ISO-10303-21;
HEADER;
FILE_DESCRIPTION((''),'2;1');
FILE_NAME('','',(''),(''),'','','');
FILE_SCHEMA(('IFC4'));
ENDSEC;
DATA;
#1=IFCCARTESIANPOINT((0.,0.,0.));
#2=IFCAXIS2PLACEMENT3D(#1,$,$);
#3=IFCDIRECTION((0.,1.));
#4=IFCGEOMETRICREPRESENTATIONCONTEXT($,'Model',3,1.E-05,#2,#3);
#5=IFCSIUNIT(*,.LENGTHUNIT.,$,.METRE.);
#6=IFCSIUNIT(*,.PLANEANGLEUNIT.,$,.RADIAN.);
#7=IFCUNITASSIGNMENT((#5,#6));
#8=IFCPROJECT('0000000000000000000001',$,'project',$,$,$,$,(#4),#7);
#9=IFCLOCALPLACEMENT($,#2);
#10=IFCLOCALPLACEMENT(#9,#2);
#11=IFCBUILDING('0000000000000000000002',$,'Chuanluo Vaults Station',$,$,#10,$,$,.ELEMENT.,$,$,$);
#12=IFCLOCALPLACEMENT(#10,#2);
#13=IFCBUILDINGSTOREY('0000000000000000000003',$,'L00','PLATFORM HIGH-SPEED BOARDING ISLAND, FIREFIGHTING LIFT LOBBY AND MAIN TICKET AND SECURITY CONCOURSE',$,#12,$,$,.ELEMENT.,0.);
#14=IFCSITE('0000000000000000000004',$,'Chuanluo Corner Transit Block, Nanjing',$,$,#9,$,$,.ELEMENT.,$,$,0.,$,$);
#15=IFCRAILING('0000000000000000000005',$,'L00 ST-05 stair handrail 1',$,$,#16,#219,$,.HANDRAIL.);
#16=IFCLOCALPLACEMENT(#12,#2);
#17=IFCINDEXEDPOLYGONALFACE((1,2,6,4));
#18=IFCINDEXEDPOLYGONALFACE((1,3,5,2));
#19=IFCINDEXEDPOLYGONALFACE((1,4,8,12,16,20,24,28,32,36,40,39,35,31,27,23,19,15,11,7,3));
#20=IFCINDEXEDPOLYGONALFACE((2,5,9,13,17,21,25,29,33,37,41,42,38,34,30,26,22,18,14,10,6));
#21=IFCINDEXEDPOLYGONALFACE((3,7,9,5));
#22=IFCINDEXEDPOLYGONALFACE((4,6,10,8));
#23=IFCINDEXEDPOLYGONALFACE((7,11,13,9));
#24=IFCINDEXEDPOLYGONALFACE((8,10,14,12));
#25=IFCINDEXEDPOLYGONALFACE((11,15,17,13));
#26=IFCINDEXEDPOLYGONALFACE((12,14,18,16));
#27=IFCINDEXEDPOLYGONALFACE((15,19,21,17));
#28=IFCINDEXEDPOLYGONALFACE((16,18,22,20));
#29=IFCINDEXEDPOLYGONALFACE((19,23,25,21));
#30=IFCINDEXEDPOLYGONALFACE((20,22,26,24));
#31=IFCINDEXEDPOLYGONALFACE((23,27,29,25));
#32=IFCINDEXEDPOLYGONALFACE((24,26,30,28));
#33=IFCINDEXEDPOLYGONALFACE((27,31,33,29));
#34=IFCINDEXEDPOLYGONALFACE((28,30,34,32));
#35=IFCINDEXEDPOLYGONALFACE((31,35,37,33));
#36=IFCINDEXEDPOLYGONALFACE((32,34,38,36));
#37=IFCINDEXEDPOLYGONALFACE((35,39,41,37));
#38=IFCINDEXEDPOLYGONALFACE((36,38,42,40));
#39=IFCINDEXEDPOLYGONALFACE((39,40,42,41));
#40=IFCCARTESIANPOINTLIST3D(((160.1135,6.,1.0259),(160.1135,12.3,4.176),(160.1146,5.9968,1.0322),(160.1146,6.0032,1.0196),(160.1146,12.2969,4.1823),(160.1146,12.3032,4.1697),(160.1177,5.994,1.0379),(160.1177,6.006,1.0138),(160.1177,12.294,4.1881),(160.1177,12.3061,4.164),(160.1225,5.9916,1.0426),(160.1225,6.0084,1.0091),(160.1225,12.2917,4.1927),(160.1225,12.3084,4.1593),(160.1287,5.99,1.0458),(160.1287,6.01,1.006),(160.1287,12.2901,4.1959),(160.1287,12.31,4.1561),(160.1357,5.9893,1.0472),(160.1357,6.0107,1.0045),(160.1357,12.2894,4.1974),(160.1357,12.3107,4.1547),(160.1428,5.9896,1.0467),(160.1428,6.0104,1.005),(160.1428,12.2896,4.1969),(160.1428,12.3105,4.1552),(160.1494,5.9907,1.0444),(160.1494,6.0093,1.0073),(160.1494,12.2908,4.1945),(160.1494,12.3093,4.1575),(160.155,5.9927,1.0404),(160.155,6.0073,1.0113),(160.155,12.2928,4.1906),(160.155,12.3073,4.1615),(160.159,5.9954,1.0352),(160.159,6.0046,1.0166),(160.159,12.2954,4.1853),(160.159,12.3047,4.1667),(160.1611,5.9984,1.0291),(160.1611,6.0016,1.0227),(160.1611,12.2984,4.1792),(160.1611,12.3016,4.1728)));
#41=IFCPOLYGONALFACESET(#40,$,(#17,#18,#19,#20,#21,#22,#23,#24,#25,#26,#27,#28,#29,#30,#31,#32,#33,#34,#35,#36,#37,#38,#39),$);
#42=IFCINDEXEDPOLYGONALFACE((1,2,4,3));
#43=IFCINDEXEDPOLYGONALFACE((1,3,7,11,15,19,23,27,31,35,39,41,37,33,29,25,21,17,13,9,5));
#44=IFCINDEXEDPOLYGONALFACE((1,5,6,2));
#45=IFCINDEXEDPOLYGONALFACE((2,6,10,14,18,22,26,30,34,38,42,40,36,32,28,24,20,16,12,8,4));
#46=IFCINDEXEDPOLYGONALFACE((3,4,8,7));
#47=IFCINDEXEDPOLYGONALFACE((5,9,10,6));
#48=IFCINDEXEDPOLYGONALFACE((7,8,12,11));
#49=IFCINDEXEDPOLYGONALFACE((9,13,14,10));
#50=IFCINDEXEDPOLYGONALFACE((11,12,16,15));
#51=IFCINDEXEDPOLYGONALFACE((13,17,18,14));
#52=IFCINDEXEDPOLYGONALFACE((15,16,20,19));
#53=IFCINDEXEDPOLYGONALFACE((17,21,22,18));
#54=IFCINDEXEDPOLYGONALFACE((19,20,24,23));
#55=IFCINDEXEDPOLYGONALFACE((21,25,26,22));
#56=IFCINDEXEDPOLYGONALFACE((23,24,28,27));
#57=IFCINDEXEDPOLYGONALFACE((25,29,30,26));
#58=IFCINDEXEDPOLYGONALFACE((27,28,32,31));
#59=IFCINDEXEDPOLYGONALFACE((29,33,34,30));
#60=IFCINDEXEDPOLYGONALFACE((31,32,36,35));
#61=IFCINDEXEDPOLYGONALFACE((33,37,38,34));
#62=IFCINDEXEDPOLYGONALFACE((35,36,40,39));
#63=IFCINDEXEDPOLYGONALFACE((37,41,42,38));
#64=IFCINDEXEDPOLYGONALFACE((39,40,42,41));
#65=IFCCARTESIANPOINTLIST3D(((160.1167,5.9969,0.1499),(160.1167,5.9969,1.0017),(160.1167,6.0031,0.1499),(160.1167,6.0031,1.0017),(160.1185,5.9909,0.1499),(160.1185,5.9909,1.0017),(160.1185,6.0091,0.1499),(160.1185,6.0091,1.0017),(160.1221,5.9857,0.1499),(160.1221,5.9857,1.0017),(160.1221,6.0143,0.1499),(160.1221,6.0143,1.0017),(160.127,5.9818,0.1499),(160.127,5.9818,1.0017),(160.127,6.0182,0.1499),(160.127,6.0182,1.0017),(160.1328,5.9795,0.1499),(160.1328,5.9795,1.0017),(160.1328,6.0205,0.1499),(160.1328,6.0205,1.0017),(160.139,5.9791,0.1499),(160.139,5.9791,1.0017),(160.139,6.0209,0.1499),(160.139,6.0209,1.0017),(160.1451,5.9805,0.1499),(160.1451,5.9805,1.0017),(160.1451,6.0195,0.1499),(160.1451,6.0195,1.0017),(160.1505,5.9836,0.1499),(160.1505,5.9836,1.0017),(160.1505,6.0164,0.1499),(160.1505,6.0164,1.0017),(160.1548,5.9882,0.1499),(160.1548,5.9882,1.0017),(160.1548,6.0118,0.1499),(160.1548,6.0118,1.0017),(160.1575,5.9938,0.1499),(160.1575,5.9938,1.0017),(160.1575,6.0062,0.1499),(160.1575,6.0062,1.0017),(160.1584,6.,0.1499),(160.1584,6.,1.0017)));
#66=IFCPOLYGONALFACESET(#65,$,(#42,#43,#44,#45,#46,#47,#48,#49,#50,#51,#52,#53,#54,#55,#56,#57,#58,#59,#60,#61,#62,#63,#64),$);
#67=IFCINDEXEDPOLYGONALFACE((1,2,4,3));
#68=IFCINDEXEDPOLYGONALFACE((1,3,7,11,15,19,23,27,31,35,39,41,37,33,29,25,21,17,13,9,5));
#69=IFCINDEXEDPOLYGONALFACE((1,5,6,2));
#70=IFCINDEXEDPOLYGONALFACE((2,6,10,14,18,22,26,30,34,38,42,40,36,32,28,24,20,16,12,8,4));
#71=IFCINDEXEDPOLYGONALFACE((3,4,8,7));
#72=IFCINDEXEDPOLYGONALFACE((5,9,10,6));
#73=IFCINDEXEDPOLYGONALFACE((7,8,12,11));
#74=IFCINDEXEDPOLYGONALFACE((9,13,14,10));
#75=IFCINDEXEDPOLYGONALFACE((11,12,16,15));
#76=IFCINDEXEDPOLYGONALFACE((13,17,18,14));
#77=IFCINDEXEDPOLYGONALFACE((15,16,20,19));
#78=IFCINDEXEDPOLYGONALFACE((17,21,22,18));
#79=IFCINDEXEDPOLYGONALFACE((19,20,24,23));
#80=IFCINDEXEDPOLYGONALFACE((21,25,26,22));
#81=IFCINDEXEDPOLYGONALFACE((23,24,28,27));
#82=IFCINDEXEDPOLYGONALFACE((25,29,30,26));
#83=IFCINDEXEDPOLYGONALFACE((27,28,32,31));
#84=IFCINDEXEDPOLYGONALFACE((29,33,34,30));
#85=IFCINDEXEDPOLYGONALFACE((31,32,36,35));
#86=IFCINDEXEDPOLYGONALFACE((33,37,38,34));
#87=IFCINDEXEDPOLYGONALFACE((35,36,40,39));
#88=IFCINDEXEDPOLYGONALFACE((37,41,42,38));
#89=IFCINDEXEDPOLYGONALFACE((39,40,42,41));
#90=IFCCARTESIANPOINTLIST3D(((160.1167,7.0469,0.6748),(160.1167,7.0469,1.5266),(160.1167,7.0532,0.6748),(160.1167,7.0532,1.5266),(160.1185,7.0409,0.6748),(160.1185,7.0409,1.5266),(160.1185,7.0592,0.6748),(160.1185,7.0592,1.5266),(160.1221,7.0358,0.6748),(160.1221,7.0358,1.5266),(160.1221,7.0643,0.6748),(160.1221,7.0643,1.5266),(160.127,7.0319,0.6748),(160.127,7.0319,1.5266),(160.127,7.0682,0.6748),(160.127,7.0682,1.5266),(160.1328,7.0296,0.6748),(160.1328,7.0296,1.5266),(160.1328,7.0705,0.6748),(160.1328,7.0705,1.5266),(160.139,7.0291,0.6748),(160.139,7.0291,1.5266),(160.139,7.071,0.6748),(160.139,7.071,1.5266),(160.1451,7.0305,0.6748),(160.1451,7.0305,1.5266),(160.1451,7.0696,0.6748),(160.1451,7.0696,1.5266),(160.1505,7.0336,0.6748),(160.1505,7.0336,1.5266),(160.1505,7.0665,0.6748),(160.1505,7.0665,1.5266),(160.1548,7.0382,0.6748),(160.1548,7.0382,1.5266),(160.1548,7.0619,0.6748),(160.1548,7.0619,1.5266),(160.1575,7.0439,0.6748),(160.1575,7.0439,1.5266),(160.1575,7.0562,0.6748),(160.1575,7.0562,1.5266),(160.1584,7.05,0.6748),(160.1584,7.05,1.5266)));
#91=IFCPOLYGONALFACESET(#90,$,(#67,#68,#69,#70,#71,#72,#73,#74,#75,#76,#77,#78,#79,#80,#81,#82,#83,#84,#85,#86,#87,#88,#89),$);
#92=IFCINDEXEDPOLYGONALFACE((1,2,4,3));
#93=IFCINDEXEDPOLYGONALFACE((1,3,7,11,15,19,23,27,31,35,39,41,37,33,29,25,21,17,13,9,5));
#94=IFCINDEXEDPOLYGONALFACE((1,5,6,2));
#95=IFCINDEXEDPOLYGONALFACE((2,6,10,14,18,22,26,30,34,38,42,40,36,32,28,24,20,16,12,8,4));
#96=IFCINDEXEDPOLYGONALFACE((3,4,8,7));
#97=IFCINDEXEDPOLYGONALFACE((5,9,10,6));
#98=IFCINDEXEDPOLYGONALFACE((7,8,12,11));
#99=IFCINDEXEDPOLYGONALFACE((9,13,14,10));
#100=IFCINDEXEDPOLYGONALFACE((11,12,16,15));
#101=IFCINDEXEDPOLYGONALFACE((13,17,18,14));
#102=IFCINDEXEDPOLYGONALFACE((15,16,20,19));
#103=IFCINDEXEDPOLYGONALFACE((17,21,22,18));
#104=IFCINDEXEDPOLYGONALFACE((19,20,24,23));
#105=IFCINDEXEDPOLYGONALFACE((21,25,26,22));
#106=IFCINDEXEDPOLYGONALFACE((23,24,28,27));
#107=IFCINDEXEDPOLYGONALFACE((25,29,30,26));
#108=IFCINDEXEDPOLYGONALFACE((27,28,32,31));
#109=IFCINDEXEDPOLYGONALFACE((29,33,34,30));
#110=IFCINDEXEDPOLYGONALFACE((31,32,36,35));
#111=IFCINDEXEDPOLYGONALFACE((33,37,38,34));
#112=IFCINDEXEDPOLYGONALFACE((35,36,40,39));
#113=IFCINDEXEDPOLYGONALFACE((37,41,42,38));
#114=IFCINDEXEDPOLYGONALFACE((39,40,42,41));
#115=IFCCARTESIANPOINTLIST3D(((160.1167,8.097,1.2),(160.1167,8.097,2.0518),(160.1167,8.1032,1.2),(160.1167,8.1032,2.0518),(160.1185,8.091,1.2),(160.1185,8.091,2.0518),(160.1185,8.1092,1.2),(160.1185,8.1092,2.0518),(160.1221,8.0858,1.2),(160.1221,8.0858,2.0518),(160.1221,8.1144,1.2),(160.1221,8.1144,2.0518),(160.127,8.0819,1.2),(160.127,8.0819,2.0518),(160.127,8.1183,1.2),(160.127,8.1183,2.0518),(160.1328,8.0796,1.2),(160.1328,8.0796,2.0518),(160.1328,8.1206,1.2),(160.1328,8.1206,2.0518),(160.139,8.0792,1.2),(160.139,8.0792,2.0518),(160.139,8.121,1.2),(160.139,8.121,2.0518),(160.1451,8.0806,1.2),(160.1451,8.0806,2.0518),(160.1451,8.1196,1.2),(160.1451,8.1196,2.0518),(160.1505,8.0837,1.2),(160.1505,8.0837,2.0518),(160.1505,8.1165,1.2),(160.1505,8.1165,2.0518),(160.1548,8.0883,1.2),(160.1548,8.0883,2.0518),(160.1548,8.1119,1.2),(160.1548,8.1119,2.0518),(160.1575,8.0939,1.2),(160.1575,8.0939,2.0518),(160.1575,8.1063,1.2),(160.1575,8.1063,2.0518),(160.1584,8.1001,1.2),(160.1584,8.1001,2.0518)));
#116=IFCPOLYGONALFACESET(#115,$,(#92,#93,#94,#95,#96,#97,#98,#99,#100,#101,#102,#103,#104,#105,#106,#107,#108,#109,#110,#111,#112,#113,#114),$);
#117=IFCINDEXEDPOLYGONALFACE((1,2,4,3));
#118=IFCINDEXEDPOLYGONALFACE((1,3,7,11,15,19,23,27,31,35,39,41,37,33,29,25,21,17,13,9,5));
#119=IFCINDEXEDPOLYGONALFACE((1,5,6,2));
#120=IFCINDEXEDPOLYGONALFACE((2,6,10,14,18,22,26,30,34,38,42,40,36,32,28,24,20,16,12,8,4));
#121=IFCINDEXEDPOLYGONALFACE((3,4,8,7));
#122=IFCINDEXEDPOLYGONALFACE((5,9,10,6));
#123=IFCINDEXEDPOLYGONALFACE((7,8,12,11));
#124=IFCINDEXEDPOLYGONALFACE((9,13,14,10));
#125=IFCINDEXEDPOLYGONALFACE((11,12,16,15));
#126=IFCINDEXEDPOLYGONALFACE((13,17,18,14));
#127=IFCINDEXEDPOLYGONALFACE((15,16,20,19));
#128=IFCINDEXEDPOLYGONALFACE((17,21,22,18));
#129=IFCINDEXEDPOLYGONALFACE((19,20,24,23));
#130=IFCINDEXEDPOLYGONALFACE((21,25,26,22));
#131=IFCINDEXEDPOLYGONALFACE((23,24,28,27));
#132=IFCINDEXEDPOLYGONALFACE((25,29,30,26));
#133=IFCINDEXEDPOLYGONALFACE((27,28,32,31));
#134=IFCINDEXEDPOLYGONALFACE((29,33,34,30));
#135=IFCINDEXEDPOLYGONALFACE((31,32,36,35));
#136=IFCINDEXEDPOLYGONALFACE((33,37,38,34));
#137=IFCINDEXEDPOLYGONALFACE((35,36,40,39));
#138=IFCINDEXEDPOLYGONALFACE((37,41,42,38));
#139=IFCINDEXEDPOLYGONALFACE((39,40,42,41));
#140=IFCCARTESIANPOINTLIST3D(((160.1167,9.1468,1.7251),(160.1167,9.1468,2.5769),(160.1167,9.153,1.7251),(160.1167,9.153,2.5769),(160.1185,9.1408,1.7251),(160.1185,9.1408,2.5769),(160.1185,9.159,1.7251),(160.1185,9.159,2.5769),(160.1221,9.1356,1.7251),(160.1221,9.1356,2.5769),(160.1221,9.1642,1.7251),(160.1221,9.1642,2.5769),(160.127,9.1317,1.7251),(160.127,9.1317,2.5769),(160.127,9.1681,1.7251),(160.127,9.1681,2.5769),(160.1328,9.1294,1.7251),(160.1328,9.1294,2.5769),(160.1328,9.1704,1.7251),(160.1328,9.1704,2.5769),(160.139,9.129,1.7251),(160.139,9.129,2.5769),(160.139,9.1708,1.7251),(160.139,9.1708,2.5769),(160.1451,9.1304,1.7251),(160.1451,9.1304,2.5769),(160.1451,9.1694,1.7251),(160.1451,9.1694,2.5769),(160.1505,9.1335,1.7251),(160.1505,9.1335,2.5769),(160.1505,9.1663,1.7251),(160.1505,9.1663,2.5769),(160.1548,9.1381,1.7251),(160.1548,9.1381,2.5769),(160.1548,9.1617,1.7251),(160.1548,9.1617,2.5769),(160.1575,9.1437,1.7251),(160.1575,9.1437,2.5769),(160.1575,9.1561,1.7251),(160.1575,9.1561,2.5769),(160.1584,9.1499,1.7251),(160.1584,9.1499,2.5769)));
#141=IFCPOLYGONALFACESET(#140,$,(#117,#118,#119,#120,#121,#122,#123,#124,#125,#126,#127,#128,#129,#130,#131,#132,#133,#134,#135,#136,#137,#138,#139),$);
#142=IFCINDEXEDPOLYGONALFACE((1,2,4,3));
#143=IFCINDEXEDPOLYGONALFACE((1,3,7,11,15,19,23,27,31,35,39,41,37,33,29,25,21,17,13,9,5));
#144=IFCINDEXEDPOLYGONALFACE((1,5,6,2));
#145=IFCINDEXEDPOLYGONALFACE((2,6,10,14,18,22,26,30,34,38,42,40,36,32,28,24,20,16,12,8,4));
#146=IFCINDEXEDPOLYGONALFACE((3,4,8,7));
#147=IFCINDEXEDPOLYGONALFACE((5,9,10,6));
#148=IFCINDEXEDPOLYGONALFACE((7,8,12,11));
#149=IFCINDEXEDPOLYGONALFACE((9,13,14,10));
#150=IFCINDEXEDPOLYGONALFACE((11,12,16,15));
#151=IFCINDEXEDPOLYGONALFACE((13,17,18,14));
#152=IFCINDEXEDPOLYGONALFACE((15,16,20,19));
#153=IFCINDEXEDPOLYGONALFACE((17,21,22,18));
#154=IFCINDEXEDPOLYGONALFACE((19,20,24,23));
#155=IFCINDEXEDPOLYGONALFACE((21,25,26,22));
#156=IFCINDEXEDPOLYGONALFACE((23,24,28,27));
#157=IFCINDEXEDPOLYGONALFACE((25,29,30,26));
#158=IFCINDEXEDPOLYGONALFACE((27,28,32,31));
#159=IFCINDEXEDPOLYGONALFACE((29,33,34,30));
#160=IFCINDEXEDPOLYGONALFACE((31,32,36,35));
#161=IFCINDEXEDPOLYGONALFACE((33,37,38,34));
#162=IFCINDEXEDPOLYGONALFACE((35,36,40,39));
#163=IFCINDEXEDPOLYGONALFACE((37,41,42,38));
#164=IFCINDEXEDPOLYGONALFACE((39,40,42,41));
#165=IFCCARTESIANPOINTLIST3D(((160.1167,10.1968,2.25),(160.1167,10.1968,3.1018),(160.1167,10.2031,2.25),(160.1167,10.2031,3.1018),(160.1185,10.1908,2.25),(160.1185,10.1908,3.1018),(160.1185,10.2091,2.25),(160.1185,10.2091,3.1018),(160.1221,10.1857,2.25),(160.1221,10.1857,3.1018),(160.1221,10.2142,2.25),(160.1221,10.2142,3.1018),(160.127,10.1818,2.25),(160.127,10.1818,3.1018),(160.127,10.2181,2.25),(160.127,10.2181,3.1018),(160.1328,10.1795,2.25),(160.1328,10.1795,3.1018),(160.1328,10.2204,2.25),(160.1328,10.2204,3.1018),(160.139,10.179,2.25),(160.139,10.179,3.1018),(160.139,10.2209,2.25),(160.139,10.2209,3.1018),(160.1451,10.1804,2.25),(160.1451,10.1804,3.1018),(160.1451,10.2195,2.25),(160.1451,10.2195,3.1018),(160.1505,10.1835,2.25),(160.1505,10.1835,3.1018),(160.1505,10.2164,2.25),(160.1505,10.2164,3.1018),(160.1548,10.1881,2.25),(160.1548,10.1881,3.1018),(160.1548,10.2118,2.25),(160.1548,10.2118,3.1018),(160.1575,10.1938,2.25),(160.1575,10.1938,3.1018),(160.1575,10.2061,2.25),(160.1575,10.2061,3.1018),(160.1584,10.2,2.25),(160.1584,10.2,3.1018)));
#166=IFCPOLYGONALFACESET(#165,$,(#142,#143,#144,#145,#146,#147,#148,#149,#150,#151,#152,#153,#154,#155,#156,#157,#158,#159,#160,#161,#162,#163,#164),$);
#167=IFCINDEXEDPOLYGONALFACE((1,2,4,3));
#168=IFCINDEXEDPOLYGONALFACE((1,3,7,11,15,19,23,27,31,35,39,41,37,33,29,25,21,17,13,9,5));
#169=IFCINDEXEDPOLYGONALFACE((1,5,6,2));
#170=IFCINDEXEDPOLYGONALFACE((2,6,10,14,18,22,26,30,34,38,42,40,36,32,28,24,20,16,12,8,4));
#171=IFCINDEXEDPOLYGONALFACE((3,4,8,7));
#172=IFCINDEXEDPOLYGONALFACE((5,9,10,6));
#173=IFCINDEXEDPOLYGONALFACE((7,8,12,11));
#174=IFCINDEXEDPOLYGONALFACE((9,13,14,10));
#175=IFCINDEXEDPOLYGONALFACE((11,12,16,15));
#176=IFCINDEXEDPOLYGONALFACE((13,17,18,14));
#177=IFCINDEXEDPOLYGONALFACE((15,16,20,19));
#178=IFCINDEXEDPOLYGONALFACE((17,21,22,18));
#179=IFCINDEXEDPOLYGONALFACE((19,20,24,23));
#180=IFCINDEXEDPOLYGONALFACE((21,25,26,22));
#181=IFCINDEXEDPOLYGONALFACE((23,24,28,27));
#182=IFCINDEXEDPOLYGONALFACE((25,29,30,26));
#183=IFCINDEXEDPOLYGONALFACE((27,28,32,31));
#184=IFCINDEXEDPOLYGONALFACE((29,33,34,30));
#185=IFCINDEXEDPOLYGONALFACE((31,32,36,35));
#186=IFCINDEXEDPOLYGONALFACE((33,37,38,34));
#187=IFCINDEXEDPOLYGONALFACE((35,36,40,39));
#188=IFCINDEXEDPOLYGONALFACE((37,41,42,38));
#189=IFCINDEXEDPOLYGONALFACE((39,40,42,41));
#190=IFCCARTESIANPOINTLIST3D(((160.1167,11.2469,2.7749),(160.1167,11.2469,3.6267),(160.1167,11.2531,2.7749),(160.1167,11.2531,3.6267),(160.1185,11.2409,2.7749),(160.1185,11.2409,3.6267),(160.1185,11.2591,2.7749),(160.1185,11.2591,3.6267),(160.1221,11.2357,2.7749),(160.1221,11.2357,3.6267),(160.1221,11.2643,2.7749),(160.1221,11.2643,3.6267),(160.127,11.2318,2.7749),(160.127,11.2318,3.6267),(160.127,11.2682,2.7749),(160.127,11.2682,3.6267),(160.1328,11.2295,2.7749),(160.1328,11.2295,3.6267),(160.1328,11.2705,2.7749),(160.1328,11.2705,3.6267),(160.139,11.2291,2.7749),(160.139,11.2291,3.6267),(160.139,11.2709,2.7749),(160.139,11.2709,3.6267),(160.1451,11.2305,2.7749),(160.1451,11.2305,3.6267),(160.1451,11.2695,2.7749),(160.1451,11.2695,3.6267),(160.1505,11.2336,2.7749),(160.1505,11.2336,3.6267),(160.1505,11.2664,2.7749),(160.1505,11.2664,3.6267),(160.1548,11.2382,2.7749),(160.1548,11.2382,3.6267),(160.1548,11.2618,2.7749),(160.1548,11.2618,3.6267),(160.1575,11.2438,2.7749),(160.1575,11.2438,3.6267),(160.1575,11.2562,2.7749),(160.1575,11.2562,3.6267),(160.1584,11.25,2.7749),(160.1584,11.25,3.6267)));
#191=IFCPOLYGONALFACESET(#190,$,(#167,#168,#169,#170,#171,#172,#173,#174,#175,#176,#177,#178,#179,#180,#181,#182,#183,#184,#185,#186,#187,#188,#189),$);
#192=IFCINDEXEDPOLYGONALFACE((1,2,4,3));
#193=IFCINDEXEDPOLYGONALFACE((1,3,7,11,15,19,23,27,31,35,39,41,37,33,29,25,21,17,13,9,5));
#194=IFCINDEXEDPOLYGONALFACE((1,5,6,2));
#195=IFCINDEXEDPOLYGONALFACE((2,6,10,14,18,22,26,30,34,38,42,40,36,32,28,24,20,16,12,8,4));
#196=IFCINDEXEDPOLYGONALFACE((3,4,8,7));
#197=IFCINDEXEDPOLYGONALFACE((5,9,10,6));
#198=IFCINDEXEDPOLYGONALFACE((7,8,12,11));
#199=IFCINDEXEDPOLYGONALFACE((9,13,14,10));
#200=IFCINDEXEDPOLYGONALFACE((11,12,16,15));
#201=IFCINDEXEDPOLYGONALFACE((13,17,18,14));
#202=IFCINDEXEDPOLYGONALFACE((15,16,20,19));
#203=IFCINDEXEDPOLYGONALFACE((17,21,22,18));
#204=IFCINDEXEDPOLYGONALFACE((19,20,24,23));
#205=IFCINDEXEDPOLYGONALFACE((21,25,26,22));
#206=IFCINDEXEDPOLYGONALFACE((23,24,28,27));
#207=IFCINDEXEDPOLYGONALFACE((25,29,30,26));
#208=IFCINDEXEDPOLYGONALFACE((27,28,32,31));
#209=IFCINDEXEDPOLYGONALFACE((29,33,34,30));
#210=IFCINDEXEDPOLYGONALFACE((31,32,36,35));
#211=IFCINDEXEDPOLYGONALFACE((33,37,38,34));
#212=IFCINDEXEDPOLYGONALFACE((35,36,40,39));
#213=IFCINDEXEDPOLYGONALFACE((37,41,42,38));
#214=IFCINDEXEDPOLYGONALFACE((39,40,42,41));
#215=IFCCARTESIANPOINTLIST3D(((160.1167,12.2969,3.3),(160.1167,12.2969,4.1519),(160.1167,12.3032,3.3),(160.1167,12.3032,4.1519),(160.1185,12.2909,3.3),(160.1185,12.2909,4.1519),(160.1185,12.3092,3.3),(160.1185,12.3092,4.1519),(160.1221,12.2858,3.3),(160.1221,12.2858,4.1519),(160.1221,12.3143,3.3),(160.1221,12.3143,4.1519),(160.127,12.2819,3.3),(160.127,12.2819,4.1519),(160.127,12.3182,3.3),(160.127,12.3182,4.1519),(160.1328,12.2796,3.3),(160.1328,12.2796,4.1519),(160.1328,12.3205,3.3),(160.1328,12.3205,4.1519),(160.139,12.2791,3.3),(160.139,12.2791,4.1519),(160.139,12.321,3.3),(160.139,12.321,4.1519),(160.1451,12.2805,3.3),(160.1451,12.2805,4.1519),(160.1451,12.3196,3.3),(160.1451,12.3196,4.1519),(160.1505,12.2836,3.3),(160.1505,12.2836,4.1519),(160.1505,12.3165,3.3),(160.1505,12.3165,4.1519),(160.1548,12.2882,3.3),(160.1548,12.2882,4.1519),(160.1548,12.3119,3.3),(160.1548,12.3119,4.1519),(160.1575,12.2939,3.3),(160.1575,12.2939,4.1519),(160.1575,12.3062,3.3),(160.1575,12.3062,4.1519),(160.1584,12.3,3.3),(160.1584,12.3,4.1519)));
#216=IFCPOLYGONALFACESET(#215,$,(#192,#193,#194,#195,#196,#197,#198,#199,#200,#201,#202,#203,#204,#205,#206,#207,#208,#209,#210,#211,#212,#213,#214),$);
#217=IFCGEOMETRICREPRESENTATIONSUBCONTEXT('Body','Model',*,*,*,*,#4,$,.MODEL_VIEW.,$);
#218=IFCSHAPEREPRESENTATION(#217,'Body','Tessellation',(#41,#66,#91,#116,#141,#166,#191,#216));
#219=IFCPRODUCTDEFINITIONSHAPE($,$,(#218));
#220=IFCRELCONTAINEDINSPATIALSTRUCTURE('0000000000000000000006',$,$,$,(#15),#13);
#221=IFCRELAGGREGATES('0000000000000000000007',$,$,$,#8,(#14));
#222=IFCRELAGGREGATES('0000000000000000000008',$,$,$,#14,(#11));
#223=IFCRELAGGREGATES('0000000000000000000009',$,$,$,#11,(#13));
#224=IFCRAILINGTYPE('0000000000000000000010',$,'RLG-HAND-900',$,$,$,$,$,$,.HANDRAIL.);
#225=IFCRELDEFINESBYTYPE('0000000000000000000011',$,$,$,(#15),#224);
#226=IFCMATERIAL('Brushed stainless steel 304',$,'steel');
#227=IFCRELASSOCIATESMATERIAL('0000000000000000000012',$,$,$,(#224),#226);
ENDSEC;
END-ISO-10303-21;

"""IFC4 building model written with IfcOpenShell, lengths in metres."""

from ifc_helpers import new_model, si_unit, direction, frame, origin, origin_2d, place, context, subcontext, project, spatial, circle, extrude, material, type_object, element, save


model = new_model("IFC4")

# Units and contexts
model_context = context("Model", 3, precision=1e-05, world=origin(), true_north=direction((0.0, 1.0)))
body_context = subcontext(model_context, "Body", "Model", "MODEL_VIEW")
ifc_project = project(units=[si_unit("LENGTHUNIT", "METRE"), si_unit("PLANEANGLEUNIT", "RADIAN")], contexts=[model_context])

# Site, building, storey
site_placement = place(None, origin())
site = spatial("IfcSite", under=ifc_project, at=site_placement, Name="Chuanluo Corner Transit Block, Nanjing", CompositionType="ELEMENT", RefElevation=0.0)
building_placement = place(site_placement, origin())
building = spatial("IfcBuilding", under=site, at=building_placement, Name="Chuanluo Vaults Station", CompositionType="ELEMENT")
storey_placement = place(building_placement, origin())
storey = spatial("IfcBuildingStorey", under=building, at=storey_placement, Name="L00", Description="PLATFORM HIGH-SPEED BOARDING ISLAND, FIREFIGHTING LIFT LOBBY AND MAIN TICKET AND SECURITY CONCOURSE", CompositionType="ELEMENT", Elevation=0.0)

# Railing
ifc_material_1 = material(Name="Brushed stainless steel 304", Category="steel")
railing_type_1 = type_object("IfcRailingType", Name="RLG-HAND-900", PredefinedType="HANDRAIL", material=ifc_material_1)
railing_1_placement = place(storey_placement, frame((160.1375, 6.0, 0.1499)))
element("IfcRailing", 1, at=railing_1_placement, inside=storey, type_object=railing_type_1, Name="L00 ST-05 stair handrail 1", PredefinedType="HANDRAIL", context=body_context, shape_type="SweptSolid", body=[
    extrude(circle(Radius=0.0239, at=origin_2d()), frame((0.0, 0.0, 0.876), z_axis=(0.0, 0.89442, 0.447227), x_axis=(-1.0, 0.0, 0.0)), (0.0, 0.0, 1.0), 7.0437),
    extrude(circle(Radius=0.021, at=origin_2d()), origin(), (0.0, 0.0, 1.0), 0.8518),
    extrude(circle(Radius=0.021, at=origin_2d()), frame((0.0, 1.05, 0.5249)), (0.0, 0.0, 1.0), 0.8518),
    extrude(circle(Radius=0.021, at=origin_2d()), frame((0.0, 2.1001, 1.05)), (0.0, 0.0, 1.0), 0.8518),
    extrude(circle(Radius=0.021, at=origin_2d()), frame((0.0, 3.1499, 1.5752)), (0.0, 0.0, 1.0), 0.8518),
    extrude(circle(Radius=0.021, at=origin_2d()), frame((0.0, 4.2, 2.1001)), (0.0, 0.0, 1.0), 0.8518),
    extrude(circle(Radius=0.021, at=origin_2d()), frame((0.0, 5.25, 2.625)), (0.0, 0.0, 1.0), 0.8518),
    extrude(circle(Radius=0.021, at=origin_2d()), frame((0.0, 6.3, 3.1501)), (0.0, 0.0, 1.0), 0.8518),
])

save(model, "model.ifc")
